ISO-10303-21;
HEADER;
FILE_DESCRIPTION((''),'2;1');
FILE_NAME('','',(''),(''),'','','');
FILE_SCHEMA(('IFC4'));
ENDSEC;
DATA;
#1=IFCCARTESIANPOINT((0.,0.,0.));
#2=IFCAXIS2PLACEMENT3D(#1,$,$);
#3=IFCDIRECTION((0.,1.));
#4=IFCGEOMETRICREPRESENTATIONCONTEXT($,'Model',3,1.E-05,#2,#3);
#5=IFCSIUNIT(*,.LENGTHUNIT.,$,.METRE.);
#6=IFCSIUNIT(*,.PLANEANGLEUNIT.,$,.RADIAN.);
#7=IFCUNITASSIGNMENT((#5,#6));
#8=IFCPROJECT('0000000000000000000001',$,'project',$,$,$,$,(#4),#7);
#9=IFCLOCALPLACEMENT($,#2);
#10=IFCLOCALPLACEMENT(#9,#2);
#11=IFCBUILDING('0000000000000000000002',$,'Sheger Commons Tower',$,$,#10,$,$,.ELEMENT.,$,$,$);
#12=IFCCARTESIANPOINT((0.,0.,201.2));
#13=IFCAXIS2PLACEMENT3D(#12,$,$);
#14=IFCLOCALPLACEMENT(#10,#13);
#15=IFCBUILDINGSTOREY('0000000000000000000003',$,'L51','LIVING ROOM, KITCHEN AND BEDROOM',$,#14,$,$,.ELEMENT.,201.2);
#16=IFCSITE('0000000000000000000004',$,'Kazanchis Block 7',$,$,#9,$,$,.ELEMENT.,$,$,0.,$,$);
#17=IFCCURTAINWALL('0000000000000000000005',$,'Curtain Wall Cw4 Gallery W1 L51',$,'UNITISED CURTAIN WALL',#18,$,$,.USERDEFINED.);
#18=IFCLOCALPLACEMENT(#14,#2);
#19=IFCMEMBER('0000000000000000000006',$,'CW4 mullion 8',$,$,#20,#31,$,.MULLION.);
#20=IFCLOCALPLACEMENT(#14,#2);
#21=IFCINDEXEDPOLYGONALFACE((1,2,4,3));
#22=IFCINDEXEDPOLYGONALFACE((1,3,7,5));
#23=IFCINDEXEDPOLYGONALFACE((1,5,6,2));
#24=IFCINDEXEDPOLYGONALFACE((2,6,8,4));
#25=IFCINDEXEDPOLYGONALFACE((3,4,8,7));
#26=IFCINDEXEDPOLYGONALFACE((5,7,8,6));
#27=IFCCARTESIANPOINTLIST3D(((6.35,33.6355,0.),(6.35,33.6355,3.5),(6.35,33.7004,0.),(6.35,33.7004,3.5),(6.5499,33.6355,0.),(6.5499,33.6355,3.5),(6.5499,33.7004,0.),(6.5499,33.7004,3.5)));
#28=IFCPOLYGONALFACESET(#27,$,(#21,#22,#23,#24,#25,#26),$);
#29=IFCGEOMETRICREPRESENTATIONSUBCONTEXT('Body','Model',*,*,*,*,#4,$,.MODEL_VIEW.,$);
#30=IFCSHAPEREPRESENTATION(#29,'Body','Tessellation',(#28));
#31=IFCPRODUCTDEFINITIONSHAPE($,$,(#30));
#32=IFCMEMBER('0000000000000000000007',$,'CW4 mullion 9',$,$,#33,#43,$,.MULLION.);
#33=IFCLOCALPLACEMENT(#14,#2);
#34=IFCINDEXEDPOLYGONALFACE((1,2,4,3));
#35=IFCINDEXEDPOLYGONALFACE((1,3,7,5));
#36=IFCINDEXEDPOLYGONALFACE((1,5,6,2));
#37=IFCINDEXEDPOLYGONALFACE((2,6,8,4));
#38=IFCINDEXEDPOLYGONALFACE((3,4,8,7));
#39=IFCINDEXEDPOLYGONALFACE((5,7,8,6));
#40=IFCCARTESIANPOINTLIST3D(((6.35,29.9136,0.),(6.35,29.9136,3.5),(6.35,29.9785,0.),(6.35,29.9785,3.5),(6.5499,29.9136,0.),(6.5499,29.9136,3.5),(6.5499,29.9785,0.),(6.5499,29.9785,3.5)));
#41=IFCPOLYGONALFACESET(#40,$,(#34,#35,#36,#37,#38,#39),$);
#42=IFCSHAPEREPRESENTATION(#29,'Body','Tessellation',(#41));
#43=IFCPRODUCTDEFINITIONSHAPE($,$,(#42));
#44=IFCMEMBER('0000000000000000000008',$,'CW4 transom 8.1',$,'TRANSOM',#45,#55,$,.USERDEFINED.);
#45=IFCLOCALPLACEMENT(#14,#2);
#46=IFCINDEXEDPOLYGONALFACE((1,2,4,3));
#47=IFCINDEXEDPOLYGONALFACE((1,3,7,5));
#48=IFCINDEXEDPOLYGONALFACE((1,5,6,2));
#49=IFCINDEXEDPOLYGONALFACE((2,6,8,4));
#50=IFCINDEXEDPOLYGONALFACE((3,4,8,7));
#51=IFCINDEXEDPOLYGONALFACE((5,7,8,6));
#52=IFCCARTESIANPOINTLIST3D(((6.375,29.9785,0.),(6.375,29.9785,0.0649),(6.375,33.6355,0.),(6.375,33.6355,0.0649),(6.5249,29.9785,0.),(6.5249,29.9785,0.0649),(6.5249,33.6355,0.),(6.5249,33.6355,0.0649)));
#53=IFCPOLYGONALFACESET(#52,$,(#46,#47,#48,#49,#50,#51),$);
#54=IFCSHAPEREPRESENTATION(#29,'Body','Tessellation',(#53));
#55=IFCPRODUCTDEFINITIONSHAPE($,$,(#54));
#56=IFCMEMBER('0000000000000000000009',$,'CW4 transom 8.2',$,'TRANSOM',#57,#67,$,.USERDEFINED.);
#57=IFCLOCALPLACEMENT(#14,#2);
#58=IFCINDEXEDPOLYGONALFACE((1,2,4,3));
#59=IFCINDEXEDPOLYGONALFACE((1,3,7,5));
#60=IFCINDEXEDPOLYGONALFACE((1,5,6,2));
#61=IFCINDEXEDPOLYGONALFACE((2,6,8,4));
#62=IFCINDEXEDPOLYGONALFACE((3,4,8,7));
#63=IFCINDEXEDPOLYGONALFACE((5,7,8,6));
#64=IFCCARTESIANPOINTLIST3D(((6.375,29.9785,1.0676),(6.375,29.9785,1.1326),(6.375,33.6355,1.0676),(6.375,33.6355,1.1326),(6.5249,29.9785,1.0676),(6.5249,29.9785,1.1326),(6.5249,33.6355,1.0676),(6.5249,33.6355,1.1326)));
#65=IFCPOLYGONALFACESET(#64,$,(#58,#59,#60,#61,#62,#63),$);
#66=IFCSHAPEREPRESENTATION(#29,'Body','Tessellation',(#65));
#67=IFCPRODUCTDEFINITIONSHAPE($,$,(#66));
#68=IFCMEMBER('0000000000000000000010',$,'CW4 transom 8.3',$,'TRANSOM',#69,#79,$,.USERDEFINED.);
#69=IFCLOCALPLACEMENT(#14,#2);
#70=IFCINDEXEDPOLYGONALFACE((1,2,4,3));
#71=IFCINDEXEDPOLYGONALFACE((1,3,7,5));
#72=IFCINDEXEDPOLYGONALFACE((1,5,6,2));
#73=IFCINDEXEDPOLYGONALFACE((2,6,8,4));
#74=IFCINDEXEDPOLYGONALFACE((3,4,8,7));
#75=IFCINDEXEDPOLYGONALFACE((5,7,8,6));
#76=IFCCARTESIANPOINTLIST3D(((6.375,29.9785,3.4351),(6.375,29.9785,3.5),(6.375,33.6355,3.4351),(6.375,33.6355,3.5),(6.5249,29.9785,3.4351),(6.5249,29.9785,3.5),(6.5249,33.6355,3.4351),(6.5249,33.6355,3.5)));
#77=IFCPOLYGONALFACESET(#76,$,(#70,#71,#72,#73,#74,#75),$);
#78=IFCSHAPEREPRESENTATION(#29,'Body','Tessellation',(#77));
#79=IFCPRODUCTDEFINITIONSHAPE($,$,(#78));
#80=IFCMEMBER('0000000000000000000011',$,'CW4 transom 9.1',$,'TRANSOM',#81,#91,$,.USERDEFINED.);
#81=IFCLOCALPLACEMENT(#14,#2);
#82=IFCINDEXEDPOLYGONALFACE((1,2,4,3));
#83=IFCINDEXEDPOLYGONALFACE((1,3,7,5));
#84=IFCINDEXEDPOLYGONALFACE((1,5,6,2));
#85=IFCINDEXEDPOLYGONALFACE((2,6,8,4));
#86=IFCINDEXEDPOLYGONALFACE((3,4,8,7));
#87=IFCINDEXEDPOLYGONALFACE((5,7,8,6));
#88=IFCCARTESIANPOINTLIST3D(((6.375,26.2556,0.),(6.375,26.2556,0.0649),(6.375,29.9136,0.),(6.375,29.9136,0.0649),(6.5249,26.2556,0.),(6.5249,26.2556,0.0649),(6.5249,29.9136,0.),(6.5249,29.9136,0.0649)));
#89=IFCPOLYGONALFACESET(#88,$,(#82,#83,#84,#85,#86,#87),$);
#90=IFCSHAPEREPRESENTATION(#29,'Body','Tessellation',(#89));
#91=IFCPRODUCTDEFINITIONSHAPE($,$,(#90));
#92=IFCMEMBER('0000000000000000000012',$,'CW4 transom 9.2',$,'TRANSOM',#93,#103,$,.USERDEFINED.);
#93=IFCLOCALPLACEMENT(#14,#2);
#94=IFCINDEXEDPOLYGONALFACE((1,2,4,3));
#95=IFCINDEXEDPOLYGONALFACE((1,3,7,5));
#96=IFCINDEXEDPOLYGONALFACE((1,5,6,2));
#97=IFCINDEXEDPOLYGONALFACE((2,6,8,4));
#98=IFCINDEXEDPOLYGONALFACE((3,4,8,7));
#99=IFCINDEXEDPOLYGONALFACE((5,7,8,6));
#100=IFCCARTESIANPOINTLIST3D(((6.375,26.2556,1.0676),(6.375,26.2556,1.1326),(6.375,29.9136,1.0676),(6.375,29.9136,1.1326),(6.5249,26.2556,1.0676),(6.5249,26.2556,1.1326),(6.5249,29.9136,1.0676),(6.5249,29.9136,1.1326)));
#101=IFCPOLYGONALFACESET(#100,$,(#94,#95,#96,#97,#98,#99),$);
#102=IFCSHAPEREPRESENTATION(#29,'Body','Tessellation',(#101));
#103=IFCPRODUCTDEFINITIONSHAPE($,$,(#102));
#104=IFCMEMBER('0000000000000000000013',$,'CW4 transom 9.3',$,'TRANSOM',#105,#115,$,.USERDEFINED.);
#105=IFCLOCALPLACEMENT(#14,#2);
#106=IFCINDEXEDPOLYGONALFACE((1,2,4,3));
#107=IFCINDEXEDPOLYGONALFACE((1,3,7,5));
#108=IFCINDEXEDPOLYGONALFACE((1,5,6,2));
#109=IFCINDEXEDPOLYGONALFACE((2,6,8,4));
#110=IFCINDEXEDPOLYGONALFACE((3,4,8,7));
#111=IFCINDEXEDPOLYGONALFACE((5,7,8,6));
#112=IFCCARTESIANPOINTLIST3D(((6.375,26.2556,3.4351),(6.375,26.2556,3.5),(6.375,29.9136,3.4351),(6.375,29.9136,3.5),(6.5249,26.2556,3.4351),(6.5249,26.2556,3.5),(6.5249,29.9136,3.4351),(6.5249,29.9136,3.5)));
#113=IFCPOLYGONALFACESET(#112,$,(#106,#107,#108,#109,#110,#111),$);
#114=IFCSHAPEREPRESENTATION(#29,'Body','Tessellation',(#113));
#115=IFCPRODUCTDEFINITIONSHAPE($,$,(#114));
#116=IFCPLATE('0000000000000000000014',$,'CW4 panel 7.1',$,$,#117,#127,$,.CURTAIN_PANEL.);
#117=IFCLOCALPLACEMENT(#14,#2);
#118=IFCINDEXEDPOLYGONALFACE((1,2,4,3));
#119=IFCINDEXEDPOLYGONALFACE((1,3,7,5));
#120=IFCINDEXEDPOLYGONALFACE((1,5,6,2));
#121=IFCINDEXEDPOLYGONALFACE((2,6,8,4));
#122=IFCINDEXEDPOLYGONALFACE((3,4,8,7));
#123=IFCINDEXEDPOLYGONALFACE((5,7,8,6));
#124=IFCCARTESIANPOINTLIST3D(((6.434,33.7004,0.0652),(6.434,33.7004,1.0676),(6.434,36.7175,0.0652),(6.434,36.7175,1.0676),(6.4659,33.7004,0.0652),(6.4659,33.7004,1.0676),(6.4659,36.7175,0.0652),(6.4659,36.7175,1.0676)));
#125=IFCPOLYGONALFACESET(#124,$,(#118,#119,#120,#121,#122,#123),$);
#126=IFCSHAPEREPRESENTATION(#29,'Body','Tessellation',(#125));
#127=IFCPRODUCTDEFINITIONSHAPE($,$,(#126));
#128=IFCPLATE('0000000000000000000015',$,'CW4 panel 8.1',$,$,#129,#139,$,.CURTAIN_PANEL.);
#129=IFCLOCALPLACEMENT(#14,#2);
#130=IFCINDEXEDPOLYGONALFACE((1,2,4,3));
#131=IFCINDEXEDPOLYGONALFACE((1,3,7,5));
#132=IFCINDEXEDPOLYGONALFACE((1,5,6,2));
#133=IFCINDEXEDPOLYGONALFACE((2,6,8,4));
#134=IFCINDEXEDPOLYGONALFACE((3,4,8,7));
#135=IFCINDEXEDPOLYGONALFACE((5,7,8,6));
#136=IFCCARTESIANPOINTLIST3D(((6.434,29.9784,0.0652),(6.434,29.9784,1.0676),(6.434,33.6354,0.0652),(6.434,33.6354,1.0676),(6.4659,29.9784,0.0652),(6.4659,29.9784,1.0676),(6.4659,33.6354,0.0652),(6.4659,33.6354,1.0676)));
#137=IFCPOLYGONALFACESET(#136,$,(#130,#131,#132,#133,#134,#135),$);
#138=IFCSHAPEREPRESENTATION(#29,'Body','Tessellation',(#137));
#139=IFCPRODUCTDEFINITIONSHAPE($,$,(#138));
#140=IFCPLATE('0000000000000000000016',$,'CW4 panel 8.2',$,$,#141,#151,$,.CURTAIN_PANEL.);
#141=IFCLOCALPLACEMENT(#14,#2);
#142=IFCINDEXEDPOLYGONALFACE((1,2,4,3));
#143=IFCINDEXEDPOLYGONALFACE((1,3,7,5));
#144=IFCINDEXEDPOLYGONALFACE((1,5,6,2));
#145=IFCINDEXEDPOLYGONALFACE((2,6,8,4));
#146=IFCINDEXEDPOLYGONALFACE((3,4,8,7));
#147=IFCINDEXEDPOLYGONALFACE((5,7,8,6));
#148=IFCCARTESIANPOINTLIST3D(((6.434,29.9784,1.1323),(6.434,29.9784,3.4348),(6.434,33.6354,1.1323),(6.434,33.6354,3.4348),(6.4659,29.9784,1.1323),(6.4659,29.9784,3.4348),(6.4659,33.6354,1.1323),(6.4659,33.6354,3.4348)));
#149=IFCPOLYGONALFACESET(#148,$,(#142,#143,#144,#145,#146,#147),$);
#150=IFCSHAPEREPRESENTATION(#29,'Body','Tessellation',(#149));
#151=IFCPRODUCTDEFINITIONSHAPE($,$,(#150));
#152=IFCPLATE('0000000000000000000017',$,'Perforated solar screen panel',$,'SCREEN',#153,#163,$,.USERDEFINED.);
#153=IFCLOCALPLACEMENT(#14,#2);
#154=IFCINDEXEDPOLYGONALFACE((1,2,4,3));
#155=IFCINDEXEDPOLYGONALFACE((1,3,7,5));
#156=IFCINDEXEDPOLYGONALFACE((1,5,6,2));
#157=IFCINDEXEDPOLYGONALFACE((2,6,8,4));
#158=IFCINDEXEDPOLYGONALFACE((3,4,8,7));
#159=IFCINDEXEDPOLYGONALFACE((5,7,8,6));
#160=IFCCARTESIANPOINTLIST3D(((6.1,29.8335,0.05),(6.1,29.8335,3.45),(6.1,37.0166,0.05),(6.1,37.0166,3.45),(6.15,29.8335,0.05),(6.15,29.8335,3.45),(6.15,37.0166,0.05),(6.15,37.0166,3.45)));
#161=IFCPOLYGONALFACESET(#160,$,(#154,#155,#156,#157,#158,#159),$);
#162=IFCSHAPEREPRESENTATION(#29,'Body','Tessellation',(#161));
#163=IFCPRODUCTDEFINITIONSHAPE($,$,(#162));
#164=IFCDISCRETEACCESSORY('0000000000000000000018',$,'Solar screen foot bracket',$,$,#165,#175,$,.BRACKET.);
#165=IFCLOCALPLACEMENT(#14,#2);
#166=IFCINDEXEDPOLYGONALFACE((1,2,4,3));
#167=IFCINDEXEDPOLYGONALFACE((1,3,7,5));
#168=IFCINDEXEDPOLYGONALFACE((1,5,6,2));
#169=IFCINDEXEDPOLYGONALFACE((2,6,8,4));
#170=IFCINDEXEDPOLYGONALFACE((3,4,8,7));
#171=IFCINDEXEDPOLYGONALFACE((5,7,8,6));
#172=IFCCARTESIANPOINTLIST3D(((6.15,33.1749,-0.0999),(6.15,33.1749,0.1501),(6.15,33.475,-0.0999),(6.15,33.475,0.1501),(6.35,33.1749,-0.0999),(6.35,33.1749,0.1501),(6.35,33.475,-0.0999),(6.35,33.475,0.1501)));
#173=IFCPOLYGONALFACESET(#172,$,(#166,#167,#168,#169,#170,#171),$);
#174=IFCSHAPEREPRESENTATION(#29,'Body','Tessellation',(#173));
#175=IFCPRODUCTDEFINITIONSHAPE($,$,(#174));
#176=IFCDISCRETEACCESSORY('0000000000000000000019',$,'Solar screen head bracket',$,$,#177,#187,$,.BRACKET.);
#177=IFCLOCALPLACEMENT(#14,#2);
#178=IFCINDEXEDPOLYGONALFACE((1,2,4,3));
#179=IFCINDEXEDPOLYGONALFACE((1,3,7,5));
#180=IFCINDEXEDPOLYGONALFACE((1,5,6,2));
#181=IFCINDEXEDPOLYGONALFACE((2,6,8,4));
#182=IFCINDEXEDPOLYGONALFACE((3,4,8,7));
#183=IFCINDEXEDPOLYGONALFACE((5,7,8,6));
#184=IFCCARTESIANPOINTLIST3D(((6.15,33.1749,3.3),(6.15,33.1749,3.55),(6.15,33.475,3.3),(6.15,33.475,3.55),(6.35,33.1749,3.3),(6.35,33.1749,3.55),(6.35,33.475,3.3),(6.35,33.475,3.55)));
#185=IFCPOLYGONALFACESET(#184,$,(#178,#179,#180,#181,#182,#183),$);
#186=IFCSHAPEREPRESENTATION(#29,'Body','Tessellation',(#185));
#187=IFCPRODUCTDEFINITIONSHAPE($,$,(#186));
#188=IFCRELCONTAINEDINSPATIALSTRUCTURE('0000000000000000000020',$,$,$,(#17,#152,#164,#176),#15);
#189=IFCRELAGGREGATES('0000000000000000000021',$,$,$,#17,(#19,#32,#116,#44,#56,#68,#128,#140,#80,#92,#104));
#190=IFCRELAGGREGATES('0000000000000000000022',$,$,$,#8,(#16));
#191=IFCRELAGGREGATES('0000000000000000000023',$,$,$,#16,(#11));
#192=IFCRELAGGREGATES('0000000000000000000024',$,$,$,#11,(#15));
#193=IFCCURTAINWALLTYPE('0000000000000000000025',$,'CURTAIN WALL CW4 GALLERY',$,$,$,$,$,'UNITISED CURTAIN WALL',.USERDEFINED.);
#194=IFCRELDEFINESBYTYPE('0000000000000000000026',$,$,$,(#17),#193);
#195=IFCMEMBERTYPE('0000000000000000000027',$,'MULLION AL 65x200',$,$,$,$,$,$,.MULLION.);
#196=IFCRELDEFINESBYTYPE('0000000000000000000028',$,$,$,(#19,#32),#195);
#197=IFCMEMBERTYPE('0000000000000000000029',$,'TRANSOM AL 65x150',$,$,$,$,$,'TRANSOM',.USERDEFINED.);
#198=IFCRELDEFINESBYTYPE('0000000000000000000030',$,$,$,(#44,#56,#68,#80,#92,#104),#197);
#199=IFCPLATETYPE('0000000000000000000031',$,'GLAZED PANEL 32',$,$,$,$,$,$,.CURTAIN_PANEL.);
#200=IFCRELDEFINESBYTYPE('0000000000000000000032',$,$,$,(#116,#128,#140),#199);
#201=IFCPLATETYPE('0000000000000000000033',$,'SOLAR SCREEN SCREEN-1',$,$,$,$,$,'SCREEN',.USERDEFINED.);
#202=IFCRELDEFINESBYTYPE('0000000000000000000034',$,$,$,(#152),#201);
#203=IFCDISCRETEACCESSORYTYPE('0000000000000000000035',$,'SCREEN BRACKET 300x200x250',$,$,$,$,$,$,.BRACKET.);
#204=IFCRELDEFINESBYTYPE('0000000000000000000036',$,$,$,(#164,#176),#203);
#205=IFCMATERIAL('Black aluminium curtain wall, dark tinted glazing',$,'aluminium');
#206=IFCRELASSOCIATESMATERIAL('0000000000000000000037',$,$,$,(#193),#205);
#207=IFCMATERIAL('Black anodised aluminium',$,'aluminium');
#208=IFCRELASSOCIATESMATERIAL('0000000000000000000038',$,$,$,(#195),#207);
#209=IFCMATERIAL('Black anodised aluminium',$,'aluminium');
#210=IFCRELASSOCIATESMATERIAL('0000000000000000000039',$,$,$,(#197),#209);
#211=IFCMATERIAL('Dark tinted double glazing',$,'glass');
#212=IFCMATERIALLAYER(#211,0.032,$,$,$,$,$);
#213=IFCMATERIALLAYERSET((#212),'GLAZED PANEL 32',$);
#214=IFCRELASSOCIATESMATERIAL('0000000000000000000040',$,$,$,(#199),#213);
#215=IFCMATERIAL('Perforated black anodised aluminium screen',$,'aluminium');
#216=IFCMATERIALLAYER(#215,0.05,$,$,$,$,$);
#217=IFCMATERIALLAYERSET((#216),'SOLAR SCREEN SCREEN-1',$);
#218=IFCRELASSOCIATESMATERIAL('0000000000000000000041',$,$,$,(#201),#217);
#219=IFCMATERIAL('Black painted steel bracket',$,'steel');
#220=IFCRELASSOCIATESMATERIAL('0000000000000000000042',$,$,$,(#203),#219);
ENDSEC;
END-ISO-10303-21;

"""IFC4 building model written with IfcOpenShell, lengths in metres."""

from ifc_helpers import new_model, si_unit, direction, frame, origin, origin_2d, place, context, subcontext, project, spatial, rectangle, extrude, material, layer, layer_set, material_profile, profile_set, type_object, element, aggregate, save


model = new_model("IFC4")

# Units and contexts
model_context = context("Model", 3, precision=1e-05, world=origin(), true_north=direction((0.0, 1.0)))
body_context = subcontext(model_context, "Body", "Model", "MODEL_VIEW")
ifc_project = project(units=[si_unit("LENGTHUNIT", "METRE"), si_unit("PLANEANGLEUNIT", "RADIAN")], contexts=[model_context])

# Site, building, storey
site_placement = place(None, origin())
site = spatial("IfcSite", under=ifc_project, at=site_placement, Name="Kazanchis Block 7", CompositionType="ELEMENT", RefElevation=0.0)
building_placement = place(site_placement, origin())
building = spatial("IfcBuilding", under=site, at=building_placement, Name="Sheger Commons Tower", CompositionType="ELEMENT")
storey_placement = place(building_placement, frame((0.0, 0.0, 201.2)))
storey = spatial("IfcBuildingStorey", under=building, at=storey_placement, Name="L51", Description="LIVING ROOM, KITCHEN AND BEDROOM", CompositionType="ELEMENT", Elevation=201.2)

# Curtain wall, members, plates
ifc_material_1 = material(Name="Black aluminium curtain wall, dark tinted glazing", Category="aluminium")
curtain_wall_type = type_object("IfcCurtainWallType", Name="CURTAIN WALL CW4 GALLERY", ElementType="UNITISED CURTAIN WALL", PredefinedType="USERDEFINED", material=ifc_material_1)
curtain_wall_placement = place(storey_placement, origin())
curtain_wall = element("IfcCurtainWall", 1, at=curtain_wall_placement, inside=storey, type_object=curtain_wall_type, Name="Curtain Wall Cw4 Gallery W1 L51", ObjectType="UNITISED CURTAIN WALL", PredefinedType="USERDEFINED")
ifc_material_2 = material(Name="Black anodised aluminium", Category="aluminium")
ifc_material_profile_1 = material_profile(ifc_material_2, rectangle(XDim=0.2, YDim=0.0649, at=origin_2d()), Name="AL 65x200")
ifc_profile_set_1 = profile_set([ifc_material_profile_1], Name="Black anodised aluminium")
member_type_1 = type_object("IfcMemberType", Name="MULLION AL 65x200", PredefinedType="MULLION", material=ifc_profile_set_1)
member_1_placement = place(storey_placement, frame((6.45, 33.668, 0.0), z_axis=(0.0, 0.0, 1.0), x_axis=(1.0, 0.0, 0.0)))
member_1 = element("IfcMember", 2, at=member_1_placement, type_object=member_type_1, Name="CW4 mullion 8", PredefinedType="MULLION", context=body_context, shape_type="SweptSolid", body=[
    extrude(rectangle(XDim=0.2, YDim=0.0649, at=origin_2d()), origin(), (0.0, 0.0, 1.0), 3.5),
])
member_2_placement = place(storey_placement, frame((6.45, 29.946, 0.0), z_axis=(0.0, 0.0, 1.0), x_axis=(1.0, 0.0, 0.0)))
member_2 = element("IfcMember", 3, at=member_2_placement, type_object=member_type_1, Name="CW4 mullion 9", PredefinedType="MULLION", context=body_context, shape_type="SweptSolid", body=[
    extrude(rectangle(XDim=0.2, YDim=0.0649, at=origin_2d()), origin(), (0.0, 0.0, 1.0), 3.5),
])
ifc_material_3 = material(Name="Black anodised aluminium", Category="aluminium")
ifc_material_profile_2 = material_profile(ifc_material_3, rectangle(XDim=0.1499, YDim=0.0649, at=origin_2d()), Name="AL 65x150")
ifc_profile_set_2 = profile_set([ifc_material_profile_2], Name="Black anodised aluminium")
member_type_2 = type_object("IfcMemberType", Name="TRANSOM AL 65x150", ElementType="TRANSOM", PredefinedType="USERDEFINED", material=ifc_profile_set_2)
member_3_placement = place(storey_placement, frame((6.45, 33.6355, 0.0325), z_axis=(0.0, -1.0, 0.0), x_axis=(1.0, 0.0, 0.0)))
member_3 = element("IfcMember", 4, at=member_3_placement, type_object=member_type_2, Name="CW4 transom 8.1", ObjectType="TRANSOM", PredefinedType="USERDEFINED", context=body_context, shape_type="SweptSolid", body=[
    extrude(rectangle(XDim=0.1499, YDim=0.0649, at=origin_2d()), origin(), (0.0, 0.0, 1.0), 3.657),
])
member_4_placement = place(storey_placement, frame((6.45, 33.6355, 1.1001), z_axis=(0.0, -1.0, 0.0), x_axis=(1.0, 0.0, 0.0)))
member_4 = element("IfcMember", 5, at=member_4_placement, type_object=member_type_2, Name="CW4 transom 8.2", ObjectType="TRANSOM", PredefinedType="USERDEFINED", context=body_context, shape_type="SweptSolid", body=[
    extrude(rectangle(XDim=0.1499, YDim=0.0649, at=origin_2d()), origin(), (0.0, 0.0, 1.0), 3.657),
])
member_5_placement = place(storey_placement, frame((6.45, 33.6355, 3.4675), z_axis=(0.0, -1.0, 0.0), x_axis=(1.0, 0.0, 0.0)))
member_5 = element("IfcMember", 6, at=member_5_placement, type_object=member_type_2, Name="CW4 transom 8.3", ObjectType="TRANSOM", PredefinedType="USERDEFINED", context=body_context, shape_type="SweptSolid", body=[
    extrude(rectangle(XDim=0.1499, YDim=0.0649, at=origin_2d()), origin(), (0.0, 0.0, 1.0), 3.657),
])
member_6_placement = place(storey_placement, frame((6.45, 29.9136, 0.0325), z_axis=(0.0, -1.0, 0.0), x_axis=(1.0, 0.0, 0.0)))
member_6 = element("IfcMember", 7, at=member_6_placement, type_object=member_type_2, Name="CW4 transom 9.1", ObjectType="TRANSOM", PredefinedType="USERDEFINED", context=body_context, shape_type="SweptSolid", body=[
    extrude(rectangle(XDim=0.1499, YDim=0.0649, at=origin_2d()), origin(), (0.0, 0.0, 1.0), 3.658),
])
member_7_placement = place(storey_placement, frame((6.45, 29.9136, 1.1001), z_axis=(0.0, -1.0, 0.0), x_axis=(1.0, 0.0, 0.0)))
member_7 = element("IfcMember", 8, at=member_7_placement, type_object=member_type_2, Name="CW4 transom 9.2", ObjectType="TRANSOM", PredefinedType="USERDEFINED", context=body_context, shape_type="SweptSolid", body=[
    extrude(rectangle(XDim=0.1499, YDim=0.0649, at=origin_2d()), origin(), (0.0, 0.0, 1.0), 3.658),
])
member_8_placement = place(storey_placement, frame((6.45, 29.9136, 3.4675), z_axis=(0.0, -1.0, 0.0), x_axis=(1.0, 0.0, 0.0)))
member_8 = element("IfcMember", 9, at=member_8_placement, type_object=member_type_2, Name="CW4 transom 9.3", ObjectType="TRANSOM", PredefinedType="USERDEFINED", context=body_context, shape_type="SweptSolid", body=[
    extrude(rectangle(XDim=0.1499, YDim=0.0649, at=origin_2d()), origin(), (0.0, 0.0, 1.0), 3.658),
])
ifc_material_4 = material(Name="Dark tinted double glazing", Category="glass")
ifc_layer_1 = layer(ifc_material_4, 0.032)
ifc_layer_set_1 = layer_set([ifc_layer_1], Name="GLAZED PANEL 32")
plate_type_1 = type_object("IfcPlateType", Name="GLAZED PANEL 32", PredefinedType="CURTAIN_PANEL", material=ifc_layer_set_1)
plate_1_placement = place(storey_placement, frame((6.45, 35.209, 0.0652), z_axis=(0.0, 0.0, 1.0), x_axis=(0.0, -1.0, 0.0)))
plate_1 = element("IfcPlate", 10, at=plate_1_placement, type_object=plate_type_1, Name="CW4 panel 7.1", PredefinedType="CURTAIN_PANEL", context=body_context, shape_type="SweptSolid", body=[
    extrude(rectangle(XDim=3.0171, YDim=0.032, at=origin_2d()), origin(), (0.0, 0.0, 1.0), 1.0024),
])
plate_2_placement = place(storey_placement, frame((6.45, 31.8069, 0.0652), z_axis=(0.0, 0.0, 1.0), x_axis=(0.0, -1.0, 0.0)))
plate_2 = element("IfcPlate", 11, at=plate_2_placement, type_object=plate_type_1, Name="CW4 panel 8.1", PredefinedType="CURTAIN_PANEL", context=body_context, shape_type="SweptSolid", body=[
    extrude(rectangle(XDim=3.657, YDim=0.032, at=origin_2d()), origin(), (0.0, 0.0, 1.0), 1.0024),
])
plate_3_placement = place(storey_placement, frame((6.45, 31.8069, 1.1323), z_axis=(0.0, 0.0, 1.0), x_axis=(0.0, -1.0, 0.0)))
plate_3 = element("IfcPlate", 12, at=plate_3_placement, type_object=plate_type_1, Name="CW4 panel 8.2", PredefinedType="CURTAIN_PANEL", context=body_context, shape_type="SweptSolid", body=[
    extrude(rectangle(XDim=3.657, YDim=0.032, at=origin_2d()), origin(), (0.0, 0.0, 1.0), 2.3025),
])
aggregate(curtain_wall, [member_1, member_2, plate_1, member_3, member_4, member_5, plate_2, plate_3, member_6, member_7, member_8])

# Plate
ifc_material_5 = material(Name="Perforated black anodised aluminium screen", Category="aluminium")
ifc_layer_2 = layer(ifc_material_5, 0.05)
ifc_layer_set_2 = layer_set([ifc_layer_2], Name="SOLAR SCREEN SCREEN-1")
plate_type_2 = type_object("IfcPlateType", Name="SOLAR SCREEN SCREEN-1", ElementType="SCREEN", PredefinedType="USERDEFINED", material=ifc_layer_set_2)
plate_4_placement = place(storey_placement, frame((6.125, 33.425, 0.05), z_axis=(0.0, 0.0, 1.0), x_axis=(0.0, -1.0, 0.0)))
element("IfcPlate", 13, at=plate_4_placement, inside=storey, type_object=plate_type_2, Name="Perforated solar screen panel", ObjectType="SCREEN", PredefinedType="USERDEFINED", context=body_context, shape_type="SweptSolid", body=[
    extrude(rectangle(XDim=7.1831, YDim=0.05, at=origin_2d()), origin(), (0.0, 0.0, 1.0), 3.3999),
])

# Discrete accessories
ifc_material_6 = material(Name="Black painted steel bracket", Category="steel")
discrete_accessory_type = type_object("IfcDiscreteAccessoryType", Name="SCREEN BRACKET 300x200x250", PredefinedType="BRACKET", material=ifc_material_6)
for number, where, z_axis, x_axis, name in (
    (14, (6.25, 33.325, -0.0999), (0.0, 0.0, 1.0), (0.0, -1.0, 0.0), "Solar screen foot bracket"),
    (15, (6.25, 33.325, 3.3), (0.0, 0.0, 1.0), (0.0, -1.0, 0.0), "Solar screen head bracket"),
):
    element("IfcDiscreteAccessory", number, at=place(storey_placement, frame(where, z_axis=z_axis, x_axis=x_axis)), inside=storey, type_object=discrete_accessory_type, Name=name, PredefinedType="BRACKET", context=body_context, shape_type="SweptSolid", body=[
        extrude(rectangle(XDim=0.3, YDim=0.2, at=origin_2d()), origin(), (0.0, 0.0, 1.0), 0.25),
    ])

save(model, "model.ifc")
